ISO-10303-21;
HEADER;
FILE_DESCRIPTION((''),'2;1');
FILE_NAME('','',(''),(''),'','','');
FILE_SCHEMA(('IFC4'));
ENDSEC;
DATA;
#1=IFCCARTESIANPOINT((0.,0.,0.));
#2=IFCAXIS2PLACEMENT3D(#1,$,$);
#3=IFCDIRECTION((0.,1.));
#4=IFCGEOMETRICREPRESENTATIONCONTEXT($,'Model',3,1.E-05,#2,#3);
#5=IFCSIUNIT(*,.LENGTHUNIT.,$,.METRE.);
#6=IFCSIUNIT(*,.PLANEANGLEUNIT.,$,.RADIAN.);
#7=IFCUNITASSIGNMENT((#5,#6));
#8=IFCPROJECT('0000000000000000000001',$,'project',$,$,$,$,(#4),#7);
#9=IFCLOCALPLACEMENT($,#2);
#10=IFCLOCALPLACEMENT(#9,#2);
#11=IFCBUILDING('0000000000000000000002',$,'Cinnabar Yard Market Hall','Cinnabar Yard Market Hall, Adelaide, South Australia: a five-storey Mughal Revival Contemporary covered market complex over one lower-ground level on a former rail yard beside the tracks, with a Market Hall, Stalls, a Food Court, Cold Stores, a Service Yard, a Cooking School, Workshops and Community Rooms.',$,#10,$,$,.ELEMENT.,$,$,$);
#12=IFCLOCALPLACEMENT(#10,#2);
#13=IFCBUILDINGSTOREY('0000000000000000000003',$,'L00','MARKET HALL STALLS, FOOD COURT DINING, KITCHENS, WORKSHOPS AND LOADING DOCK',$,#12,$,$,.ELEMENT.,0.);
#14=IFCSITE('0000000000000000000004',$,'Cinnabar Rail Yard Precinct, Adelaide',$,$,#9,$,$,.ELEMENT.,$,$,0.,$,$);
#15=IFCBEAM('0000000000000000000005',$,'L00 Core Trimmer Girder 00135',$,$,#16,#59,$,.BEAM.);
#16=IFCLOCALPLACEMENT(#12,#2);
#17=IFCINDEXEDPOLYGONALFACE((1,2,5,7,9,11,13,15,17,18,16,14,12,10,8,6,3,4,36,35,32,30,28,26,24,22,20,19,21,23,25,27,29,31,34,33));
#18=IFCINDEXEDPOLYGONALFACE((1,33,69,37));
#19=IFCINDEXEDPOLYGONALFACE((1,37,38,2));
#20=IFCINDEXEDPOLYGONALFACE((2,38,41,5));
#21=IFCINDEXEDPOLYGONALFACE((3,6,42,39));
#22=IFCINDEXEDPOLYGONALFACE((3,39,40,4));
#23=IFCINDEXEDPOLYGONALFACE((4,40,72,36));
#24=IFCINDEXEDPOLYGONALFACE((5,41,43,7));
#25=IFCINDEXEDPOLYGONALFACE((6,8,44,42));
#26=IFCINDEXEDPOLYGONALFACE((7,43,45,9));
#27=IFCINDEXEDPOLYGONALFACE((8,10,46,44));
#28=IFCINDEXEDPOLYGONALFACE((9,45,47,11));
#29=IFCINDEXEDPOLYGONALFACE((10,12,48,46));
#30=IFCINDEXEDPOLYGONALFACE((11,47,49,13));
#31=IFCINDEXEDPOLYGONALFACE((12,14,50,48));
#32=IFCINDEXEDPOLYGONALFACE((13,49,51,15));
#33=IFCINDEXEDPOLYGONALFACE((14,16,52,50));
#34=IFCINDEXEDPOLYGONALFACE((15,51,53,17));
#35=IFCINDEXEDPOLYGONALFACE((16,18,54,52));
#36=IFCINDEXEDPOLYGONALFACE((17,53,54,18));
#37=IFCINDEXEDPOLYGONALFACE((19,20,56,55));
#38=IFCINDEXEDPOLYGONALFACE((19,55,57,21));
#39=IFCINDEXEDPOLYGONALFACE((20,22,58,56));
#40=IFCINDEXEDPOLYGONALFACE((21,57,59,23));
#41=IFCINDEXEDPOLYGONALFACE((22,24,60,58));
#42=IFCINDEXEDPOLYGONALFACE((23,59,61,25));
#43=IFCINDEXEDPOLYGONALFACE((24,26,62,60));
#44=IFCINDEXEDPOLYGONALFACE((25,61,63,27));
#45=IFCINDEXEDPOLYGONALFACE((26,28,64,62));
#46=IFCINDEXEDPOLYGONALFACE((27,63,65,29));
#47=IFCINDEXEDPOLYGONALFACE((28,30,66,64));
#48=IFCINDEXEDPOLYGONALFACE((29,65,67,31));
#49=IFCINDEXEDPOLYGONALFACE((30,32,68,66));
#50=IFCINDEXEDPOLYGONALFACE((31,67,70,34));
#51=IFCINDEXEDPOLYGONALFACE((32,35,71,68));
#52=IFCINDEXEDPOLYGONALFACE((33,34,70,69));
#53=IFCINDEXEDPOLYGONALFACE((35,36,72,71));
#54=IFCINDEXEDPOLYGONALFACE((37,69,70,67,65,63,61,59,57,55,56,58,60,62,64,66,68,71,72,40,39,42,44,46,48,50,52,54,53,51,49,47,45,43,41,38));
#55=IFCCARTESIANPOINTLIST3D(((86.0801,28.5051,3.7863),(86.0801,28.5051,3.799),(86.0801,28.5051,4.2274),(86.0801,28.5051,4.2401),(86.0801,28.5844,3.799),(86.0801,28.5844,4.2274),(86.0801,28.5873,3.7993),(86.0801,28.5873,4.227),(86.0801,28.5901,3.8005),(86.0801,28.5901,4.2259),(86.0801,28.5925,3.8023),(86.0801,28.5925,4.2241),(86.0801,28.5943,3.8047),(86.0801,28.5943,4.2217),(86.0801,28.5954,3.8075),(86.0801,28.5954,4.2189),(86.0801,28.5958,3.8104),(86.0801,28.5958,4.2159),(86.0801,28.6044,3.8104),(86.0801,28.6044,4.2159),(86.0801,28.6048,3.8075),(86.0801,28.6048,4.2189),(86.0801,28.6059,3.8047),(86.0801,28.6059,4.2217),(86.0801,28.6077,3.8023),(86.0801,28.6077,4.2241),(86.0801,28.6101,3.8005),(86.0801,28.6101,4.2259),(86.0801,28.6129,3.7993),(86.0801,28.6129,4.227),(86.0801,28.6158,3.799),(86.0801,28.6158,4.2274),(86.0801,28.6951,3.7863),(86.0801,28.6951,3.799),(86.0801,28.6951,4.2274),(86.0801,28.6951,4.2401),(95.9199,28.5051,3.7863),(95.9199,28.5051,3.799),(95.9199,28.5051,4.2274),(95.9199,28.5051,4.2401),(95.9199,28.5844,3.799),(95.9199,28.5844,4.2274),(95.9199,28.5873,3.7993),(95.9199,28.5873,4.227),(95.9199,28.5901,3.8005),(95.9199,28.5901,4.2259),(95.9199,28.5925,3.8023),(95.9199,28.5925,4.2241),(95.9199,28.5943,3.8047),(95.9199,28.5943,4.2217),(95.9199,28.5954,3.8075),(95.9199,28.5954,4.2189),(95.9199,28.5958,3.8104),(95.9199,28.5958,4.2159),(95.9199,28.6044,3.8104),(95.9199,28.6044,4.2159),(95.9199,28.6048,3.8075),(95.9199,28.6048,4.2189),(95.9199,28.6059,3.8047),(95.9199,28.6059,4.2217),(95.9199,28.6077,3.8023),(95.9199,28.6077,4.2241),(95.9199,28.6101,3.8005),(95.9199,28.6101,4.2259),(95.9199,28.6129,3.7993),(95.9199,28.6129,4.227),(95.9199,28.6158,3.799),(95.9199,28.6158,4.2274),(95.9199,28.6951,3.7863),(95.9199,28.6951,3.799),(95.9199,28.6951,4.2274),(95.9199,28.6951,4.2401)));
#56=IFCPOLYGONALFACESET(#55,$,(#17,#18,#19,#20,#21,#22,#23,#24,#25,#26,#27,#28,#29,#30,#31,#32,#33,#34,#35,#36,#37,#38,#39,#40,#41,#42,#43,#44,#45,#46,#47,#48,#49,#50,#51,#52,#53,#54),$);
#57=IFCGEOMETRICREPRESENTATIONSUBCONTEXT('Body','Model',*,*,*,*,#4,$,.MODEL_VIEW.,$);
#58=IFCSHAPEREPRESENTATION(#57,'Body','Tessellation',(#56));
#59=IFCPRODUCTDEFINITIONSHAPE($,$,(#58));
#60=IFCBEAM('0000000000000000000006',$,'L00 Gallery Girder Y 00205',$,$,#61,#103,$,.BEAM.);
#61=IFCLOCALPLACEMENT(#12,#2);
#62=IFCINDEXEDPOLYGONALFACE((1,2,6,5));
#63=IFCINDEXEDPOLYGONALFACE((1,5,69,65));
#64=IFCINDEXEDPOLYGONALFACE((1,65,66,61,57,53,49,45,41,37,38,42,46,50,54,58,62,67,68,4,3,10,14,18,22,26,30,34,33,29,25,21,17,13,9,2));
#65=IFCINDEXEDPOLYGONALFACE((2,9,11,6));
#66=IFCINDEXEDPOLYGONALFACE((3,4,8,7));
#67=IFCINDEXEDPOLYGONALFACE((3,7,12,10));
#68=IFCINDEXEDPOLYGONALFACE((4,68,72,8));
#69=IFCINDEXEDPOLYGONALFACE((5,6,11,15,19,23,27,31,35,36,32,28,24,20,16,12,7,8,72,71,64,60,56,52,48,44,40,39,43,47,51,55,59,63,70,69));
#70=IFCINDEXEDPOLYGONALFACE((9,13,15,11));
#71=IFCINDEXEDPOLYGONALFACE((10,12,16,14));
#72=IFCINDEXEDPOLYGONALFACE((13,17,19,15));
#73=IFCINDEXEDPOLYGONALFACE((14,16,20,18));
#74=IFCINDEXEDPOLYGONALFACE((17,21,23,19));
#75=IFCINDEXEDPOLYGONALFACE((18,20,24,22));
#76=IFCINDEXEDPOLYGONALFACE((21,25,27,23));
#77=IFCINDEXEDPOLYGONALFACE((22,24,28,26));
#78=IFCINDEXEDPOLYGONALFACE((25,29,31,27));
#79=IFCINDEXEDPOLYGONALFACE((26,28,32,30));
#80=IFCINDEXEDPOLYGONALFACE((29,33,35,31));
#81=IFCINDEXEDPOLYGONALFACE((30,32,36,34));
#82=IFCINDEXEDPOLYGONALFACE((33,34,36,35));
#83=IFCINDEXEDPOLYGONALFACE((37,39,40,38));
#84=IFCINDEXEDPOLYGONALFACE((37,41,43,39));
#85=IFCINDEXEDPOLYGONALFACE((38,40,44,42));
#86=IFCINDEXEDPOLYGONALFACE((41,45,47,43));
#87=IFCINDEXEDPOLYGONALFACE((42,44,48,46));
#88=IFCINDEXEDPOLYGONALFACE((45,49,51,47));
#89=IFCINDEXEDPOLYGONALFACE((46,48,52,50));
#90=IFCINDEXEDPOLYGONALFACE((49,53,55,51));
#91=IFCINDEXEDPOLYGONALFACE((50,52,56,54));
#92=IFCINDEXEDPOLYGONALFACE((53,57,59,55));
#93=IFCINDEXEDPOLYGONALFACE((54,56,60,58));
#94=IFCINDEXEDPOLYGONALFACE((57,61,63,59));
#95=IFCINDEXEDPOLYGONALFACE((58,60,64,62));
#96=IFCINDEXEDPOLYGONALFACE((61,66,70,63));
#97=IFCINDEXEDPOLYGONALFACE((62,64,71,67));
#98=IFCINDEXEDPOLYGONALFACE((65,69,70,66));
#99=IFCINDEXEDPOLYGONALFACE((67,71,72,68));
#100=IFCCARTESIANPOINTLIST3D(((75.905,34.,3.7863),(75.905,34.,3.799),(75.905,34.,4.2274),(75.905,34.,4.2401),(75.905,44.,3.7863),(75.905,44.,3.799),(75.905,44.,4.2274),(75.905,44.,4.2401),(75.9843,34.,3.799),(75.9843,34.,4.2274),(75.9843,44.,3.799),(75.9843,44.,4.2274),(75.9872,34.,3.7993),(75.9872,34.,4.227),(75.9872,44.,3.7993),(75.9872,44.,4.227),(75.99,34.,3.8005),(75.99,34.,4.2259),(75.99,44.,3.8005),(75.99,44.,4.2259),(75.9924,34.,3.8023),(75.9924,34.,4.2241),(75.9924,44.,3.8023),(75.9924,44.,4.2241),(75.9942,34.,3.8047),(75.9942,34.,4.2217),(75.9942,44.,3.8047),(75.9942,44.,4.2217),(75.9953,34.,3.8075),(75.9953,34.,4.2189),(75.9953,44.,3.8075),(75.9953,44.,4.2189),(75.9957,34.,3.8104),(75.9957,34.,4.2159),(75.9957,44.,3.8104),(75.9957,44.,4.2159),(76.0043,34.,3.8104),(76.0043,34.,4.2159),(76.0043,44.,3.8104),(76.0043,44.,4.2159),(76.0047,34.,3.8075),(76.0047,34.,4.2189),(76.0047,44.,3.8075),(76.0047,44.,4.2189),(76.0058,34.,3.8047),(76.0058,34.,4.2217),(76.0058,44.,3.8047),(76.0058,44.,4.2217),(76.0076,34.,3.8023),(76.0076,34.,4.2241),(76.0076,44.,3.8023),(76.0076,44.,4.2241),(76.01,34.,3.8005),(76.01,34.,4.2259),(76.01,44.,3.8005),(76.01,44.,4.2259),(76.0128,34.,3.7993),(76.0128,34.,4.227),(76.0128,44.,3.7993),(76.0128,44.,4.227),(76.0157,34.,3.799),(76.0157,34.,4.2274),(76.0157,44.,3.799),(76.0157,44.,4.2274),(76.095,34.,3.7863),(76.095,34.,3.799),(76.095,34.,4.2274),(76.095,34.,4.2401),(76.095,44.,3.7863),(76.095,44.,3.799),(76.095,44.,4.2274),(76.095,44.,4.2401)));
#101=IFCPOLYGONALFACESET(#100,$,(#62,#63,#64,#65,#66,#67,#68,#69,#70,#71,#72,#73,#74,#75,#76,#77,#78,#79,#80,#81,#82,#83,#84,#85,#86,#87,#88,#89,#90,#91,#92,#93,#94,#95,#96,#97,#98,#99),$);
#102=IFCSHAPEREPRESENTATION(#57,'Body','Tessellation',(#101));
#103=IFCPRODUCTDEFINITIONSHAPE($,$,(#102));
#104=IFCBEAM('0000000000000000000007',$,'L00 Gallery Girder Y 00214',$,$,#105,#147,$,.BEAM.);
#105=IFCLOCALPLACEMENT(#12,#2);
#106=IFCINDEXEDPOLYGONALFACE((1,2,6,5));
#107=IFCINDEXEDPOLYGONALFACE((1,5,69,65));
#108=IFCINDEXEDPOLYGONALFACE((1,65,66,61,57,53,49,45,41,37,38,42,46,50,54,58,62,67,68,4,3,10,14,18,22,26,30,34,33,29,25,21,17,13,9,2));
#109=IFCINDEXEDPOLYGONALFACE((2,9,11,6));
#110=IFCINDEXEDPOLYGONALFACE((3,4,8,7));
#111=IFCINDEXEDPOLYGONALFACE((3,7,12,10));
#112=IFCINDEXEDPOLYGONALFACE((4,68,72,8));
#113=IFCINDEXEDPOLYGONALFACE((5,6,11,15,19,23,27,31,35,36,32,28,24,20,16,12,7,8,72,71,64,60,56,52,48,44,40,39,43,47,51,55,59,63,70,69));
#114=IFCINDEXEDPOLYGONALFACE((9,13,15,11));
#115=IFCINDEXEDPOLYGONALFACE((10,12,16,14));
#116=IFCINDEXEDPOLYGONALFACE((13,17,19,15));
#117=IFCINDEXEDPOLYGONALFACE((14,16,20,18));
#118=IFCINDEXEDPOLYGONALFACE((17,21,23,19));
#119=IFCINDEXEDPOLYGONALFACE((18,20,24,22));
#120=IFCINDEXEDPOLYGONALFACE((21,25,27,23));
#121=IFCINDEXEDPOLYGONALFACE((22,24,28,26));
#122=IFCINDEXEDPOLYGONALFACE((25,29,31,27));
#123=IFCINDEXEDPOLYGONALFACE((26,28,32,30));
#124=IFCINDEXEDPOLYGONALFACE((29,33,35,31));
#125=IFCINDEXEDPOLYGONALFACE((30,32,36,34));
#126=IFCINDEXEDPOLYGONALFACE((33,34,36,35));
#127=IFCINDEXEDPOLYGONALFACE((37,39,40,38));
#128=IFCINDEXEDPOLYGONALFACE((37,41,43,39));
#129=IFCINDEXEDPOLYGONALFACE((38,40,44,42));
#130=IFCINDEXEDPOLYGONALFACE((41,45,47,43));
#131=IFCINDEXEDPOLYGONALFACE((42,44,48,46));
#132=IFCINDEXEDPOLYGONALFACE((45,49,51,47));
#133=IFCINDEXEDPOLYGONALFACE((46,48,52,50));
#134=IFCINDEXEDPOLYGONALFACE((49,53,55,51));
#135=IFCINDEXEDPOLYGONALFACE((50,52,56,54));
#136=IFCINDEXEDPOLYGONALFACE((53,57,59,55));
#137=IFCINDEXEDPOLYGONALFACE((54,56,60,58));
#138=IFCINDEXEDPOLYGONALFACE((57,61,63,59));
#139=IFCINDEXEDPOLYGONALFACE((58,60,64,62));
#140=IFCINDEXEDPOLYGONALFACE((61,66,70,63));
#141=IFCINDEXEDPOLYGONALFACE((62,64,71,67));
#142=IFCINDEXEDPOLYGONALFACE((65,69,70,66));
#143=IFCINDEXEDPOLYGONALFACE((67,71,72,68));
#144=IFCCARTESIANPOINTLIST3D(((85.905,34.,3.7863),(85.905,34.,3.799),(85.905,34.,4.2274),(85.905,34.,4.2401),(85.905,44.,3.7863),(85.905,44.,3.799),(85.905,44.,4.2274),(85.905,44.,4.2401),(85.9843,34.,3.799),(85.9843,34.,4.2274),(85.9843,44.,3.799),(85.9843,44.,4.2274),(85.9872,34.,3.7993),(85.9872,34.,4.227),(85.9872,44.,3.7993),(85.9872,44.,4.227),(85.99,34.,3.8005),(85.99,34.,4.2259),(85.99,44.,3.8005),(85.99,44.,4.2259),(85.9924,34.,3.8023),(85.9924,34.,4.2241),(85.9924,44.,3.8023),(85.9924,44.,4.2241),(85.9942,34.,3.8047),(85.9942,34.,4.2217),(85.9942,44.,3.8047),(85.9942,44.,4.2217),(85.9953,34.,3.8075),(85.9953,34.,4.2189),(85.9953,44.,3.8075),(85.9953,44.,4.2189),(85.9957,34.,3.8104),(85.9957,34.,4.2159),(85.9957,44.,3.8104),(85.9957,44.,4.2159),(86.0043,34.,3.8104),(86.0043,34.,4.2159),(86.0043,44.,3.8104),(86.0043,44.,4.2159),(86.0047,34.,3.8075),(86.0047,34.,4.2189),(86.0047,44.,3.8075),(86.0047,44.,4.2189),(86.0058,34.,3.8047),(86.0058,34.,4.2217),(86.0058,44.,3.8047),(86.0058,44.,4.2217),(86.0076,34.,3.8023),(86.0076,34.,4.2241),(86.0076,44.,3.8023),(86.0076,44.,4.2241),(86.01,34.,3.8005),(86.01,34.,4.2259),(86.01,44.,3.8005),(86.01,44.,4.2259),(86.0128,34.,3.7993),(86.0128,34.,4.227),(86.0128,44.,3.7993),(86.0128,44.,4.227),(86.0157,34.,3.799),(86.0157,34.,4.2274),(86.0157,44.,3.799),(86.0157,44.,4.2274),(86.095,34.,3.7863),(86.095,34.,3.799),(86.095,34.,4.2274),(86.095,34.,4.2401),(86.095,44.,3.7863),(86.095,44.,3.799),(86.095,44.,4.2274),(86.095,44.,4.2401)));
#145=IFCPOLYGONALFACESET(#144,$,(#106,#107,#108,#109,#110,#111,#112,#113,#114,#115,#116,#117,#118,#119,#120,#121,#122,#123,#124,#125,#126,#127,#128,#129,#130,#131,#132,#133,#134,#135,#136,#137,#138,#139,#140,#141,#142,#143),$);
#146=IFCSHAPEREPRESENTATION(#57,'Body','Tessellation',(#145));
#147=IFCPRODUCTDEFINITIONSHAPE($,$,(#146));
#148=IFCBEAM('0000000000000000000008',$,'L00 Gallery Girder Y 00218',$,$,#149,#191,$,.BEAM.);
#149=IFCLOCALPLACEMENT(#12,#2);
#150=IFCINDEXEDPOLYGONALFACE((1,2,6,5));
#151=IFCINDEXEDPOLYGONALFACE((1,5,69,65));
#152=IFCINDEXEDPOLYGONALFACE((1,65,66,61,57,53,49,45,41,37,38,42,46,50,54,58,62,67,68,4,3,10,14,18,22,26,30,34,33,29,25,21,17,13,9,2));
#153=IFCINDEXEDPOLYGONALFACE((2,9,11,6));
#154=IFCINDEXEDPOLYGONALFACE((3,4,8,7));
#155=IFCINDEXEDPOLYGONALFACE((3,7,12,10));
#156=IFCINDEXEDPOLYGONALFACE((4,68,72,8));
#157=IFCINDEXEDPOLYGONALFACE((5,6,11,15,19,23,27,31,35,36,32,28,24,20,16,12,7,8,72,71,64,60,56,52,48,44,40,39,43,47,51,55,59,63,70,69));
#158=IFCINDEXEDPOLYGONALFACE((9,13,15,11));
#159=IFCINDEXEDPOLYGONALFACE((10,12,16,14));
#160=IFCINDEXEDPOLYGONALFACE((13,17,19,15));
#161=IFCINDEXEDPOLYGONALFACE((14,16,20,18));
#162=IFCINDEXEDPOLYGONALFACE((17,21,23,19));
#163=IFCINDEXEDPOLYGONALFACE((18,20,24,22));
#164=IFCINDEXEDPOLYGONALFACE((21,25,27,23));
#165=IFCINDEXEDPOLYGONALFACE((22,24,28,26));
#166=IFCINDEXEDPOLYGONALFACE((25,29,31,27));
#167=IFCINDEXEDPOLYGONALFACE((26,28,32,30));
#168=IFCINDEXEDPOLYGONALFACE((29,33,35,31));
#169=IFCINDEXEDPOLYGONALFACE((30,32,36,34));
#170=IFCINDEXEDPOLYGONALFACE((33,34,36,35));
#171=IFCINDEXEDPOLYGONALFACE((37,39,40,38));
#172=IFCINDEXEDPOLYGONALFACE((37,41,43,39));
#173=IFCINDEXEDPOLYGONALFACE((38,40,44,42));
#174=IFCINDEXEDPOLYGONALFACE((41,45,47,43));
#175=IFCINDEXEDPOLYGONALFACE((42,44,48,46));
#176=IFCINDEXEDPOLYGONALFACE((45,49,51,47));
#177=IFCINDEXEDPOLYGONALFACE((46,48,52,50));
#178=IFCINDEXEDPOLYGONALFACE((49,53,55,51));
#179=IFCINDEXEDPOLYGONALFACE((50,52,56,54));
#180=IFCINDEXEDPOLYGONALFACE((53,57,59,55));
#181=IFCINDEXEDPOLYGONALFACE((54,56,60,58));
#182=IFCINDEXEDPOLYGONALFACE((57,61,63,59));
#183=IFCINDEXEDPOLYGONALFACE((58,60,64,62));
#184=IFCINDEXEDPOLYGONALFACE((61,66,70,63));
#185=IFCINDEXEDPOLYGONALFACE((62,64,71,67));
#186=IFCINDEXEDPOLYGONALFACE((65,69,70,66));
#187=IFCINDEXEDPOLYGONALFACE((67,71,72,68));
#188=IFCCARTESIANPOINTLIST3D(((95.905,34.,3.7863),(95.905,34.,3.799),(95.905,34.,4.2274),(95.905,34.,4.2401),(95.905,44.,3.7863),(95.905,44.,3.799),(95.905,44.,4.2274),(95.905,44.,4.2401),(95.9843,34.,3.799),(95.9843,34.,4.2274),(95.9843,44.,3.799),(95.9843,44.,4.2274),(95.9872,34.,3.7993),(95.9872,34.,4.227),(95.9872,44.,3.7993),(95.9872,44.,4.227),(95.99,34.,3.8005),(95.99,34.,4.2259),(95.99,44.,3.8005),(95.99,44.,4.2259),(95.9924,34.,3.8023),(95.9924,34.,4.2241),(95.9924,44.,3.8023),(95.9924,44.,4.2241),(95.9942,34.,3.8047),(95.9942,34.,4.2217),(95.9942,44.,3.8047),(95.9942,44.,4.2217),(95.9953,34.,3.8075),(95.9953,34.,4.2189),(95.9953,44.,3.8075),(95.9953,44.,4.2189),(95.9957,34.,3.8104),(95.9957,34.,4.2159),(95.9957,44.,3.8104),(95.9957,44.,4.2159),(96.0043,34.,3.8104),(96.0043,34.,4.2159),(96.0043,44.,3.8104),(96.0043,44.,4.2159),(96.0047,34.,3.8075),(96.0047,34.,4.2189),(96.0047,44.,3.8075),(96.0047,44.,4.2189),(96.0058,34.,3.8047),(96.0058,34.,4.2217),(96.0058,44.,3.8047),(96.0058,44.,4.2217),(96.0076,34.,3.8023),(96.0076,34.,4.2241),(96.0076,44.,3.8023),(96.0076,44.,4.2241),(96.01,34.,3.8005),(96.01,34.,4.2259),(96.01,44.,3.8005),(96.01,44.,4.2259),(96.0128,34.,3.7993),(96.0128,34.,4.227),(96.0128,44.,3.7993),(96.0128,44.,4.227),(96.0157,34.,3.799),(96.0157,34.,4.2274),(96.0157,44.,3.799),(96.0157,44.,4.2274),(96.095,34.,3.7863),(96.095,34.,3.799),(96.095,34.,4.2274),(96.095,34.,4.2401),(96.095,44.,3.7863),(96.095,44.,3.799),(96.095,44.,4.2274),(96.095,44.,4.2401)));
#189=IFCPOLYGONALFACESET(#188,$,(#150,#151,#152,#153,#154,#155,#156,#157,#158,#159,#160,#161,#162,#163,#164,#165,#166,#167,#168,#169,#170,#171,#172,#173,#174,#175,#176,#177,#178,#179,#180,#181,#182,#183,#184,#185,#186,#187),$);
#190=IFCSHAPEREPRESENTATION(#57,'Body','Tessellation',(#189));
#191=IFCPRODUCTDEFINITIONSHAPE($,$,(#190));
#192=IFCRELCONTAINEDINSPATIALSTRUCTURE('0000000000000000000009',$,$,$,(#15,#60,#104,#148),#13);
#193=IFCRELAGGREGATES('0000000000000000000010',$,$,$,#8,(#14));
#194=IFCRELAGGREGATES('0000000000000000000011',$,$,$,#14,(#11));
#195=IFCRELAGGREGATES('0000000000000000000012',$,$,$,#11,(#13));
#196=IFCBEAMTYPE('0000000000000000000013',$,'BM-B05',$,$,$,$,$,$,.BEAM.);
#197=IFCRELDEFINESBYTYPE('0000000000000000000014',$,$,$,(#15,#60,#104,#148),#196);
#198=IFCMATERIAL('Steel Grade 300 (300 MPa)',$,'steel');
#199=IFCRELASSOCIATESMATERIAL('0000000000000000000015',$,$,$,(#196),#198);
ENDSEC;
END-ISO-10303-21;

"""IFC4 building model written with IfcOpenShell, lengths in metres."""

from ifc_helpers import new_model, si_unit, direction, frame, origin, origin_2d_with_axis, place, context, subcontext, project, spatial, i_section, extrude, material, material_profile, profile_set, type_object, element, save


model = new_model("IFC4")

# Units and contexts
model_context = context("Model", 3, precision=1e-05, world=origin(), true_north=direction((0.0, 1.0)))
body_context = subcontext(model_context, "Body", "Model", "MODEL_VIEW")
ifc_project = project(units=[si_unit("LENGTHUNIT", "METRE"), si_unit("PLANEANGLEUNIT", "RADIAN")], contexts=[model_context])

# Site, building, storey
site_placement = place(None, origin())
site = spatial("IfcSite", under=ifc_project, at=site_placement, Name="Cinnabar Rail Yard Precinct, Adelaide", CompositionType="ELEMENT", RefElevation=0.0)
building_placement = place(site_placement, origin())
building = spatial("IfcBuilding", under=site, at=building_placement, Name="Cinnabar Yard Market Hall", Description="Cinnabar Yard Market Hall, Adelaide, South Australia: a five-storey Mughal Revival Contemporary covered market complex over one lower-ground level on a former rail yard beside the tracks, with a Market Hall, Stalls, a Food Court, Cold Stores, a Service Yard, a Cooking School, Workshops and Community Rooms.", CompositionType="ELEMENT")
storey_placement = place(building_placement, origin())
storey = spatial("IfcBuildingStorey", under=building, at=storey_placement, Name="L00", Description="MARKET HALL STALLS, FOOD COURT DINING, KITCHENS, WORKSHOPS AND LOADING DOCK", CompositionType="ELEMENT", Elevation=0.0)

# Beams
ifc_material_1 = material(Name="Steel Grade 300 (300 MPa)", Category="steel")
ifc_material_profile_1 = material_profile(ifc_material_1, i_section(OverallWidth=0.1899, OverallDepth=0.4539, WebThickness=0.0085, FlangeThickness=0.0127, FilletRadius=0.0115, at=origin_2d_with_axis()), Name="460UB67.1")
ifc_profile_set_1 = profile_set([ifc_material_profile_1], Name="Steel Grade 300 (300 MPa)")
beam_type_1 = type_object("IfcBeamType", Name="BM-B05", PredefinedType="BEAM", material=ifc_profile_set_1)
beam_1_placement = place(storey_placement, frame((86.0801, 28.6001, 4.0132), z_axis=(1.0, 0.0, 0.0), x_axis=(0.0, 1.0, 0.0)))
element("IfcBeam", 1, at=beam_1_placement, inside=storey, type_object=beam_type_1, Name="L00 Core Trimmer Girder 00135", PredefinedType="BEAM", context=body_context, shape_type="SweptSolid", body=[
    extrude(i_section(OverallWidth=0.1899, OverallDepth=0.4539, WebThickness=0.0085, FlangeThickness=0.0127, FilletRadius=0.0115, at=origin_2d_with_axis()), origin(), (0.0, 0.0, 1.0), 9.8398),
])
for number, where, z_axis, x_axis, name in (
    (2, (76.0, 34.0, 4.0132), (0.0, 1.0, 0.0), (-1.0, 0.0, 0.0), "L00 Gallery Girder Y 00205"),
    (3, (86.0, 34.0, 4.0132), (0.0, 1.0, 0.0), (-1.0, 0.0, 0.0), "L00 Gallery Girder Y 00214"),
    (4, (96.0, 34.0, 4.0132), (0.0, 1.0, 0.0), (-1.0, 0.0, 0.0), "L00 Gallery Girder Y 00218"),
):
    element("IfcBeam", number, at=place(storey_placement, frame(where, z_axis=z_axis, x_axis=x_axis)), inside=storey, type_object=beam_type_1, Name=name, PredefinedType="BEAM", context=body_context, shape_type="SweptSolid", body=[
        extrude(i_section(OverallWidth=0.1899, OverallDepth=0.4539, WebThickness=0.0085, FlangeThickness=0.0127, FilletRadius=0.0115, at=origin_2d_with_axis()), origin(), (0.0, 0.0, 1.0), 10.0),
    ])

save(model, "model.ifc")
